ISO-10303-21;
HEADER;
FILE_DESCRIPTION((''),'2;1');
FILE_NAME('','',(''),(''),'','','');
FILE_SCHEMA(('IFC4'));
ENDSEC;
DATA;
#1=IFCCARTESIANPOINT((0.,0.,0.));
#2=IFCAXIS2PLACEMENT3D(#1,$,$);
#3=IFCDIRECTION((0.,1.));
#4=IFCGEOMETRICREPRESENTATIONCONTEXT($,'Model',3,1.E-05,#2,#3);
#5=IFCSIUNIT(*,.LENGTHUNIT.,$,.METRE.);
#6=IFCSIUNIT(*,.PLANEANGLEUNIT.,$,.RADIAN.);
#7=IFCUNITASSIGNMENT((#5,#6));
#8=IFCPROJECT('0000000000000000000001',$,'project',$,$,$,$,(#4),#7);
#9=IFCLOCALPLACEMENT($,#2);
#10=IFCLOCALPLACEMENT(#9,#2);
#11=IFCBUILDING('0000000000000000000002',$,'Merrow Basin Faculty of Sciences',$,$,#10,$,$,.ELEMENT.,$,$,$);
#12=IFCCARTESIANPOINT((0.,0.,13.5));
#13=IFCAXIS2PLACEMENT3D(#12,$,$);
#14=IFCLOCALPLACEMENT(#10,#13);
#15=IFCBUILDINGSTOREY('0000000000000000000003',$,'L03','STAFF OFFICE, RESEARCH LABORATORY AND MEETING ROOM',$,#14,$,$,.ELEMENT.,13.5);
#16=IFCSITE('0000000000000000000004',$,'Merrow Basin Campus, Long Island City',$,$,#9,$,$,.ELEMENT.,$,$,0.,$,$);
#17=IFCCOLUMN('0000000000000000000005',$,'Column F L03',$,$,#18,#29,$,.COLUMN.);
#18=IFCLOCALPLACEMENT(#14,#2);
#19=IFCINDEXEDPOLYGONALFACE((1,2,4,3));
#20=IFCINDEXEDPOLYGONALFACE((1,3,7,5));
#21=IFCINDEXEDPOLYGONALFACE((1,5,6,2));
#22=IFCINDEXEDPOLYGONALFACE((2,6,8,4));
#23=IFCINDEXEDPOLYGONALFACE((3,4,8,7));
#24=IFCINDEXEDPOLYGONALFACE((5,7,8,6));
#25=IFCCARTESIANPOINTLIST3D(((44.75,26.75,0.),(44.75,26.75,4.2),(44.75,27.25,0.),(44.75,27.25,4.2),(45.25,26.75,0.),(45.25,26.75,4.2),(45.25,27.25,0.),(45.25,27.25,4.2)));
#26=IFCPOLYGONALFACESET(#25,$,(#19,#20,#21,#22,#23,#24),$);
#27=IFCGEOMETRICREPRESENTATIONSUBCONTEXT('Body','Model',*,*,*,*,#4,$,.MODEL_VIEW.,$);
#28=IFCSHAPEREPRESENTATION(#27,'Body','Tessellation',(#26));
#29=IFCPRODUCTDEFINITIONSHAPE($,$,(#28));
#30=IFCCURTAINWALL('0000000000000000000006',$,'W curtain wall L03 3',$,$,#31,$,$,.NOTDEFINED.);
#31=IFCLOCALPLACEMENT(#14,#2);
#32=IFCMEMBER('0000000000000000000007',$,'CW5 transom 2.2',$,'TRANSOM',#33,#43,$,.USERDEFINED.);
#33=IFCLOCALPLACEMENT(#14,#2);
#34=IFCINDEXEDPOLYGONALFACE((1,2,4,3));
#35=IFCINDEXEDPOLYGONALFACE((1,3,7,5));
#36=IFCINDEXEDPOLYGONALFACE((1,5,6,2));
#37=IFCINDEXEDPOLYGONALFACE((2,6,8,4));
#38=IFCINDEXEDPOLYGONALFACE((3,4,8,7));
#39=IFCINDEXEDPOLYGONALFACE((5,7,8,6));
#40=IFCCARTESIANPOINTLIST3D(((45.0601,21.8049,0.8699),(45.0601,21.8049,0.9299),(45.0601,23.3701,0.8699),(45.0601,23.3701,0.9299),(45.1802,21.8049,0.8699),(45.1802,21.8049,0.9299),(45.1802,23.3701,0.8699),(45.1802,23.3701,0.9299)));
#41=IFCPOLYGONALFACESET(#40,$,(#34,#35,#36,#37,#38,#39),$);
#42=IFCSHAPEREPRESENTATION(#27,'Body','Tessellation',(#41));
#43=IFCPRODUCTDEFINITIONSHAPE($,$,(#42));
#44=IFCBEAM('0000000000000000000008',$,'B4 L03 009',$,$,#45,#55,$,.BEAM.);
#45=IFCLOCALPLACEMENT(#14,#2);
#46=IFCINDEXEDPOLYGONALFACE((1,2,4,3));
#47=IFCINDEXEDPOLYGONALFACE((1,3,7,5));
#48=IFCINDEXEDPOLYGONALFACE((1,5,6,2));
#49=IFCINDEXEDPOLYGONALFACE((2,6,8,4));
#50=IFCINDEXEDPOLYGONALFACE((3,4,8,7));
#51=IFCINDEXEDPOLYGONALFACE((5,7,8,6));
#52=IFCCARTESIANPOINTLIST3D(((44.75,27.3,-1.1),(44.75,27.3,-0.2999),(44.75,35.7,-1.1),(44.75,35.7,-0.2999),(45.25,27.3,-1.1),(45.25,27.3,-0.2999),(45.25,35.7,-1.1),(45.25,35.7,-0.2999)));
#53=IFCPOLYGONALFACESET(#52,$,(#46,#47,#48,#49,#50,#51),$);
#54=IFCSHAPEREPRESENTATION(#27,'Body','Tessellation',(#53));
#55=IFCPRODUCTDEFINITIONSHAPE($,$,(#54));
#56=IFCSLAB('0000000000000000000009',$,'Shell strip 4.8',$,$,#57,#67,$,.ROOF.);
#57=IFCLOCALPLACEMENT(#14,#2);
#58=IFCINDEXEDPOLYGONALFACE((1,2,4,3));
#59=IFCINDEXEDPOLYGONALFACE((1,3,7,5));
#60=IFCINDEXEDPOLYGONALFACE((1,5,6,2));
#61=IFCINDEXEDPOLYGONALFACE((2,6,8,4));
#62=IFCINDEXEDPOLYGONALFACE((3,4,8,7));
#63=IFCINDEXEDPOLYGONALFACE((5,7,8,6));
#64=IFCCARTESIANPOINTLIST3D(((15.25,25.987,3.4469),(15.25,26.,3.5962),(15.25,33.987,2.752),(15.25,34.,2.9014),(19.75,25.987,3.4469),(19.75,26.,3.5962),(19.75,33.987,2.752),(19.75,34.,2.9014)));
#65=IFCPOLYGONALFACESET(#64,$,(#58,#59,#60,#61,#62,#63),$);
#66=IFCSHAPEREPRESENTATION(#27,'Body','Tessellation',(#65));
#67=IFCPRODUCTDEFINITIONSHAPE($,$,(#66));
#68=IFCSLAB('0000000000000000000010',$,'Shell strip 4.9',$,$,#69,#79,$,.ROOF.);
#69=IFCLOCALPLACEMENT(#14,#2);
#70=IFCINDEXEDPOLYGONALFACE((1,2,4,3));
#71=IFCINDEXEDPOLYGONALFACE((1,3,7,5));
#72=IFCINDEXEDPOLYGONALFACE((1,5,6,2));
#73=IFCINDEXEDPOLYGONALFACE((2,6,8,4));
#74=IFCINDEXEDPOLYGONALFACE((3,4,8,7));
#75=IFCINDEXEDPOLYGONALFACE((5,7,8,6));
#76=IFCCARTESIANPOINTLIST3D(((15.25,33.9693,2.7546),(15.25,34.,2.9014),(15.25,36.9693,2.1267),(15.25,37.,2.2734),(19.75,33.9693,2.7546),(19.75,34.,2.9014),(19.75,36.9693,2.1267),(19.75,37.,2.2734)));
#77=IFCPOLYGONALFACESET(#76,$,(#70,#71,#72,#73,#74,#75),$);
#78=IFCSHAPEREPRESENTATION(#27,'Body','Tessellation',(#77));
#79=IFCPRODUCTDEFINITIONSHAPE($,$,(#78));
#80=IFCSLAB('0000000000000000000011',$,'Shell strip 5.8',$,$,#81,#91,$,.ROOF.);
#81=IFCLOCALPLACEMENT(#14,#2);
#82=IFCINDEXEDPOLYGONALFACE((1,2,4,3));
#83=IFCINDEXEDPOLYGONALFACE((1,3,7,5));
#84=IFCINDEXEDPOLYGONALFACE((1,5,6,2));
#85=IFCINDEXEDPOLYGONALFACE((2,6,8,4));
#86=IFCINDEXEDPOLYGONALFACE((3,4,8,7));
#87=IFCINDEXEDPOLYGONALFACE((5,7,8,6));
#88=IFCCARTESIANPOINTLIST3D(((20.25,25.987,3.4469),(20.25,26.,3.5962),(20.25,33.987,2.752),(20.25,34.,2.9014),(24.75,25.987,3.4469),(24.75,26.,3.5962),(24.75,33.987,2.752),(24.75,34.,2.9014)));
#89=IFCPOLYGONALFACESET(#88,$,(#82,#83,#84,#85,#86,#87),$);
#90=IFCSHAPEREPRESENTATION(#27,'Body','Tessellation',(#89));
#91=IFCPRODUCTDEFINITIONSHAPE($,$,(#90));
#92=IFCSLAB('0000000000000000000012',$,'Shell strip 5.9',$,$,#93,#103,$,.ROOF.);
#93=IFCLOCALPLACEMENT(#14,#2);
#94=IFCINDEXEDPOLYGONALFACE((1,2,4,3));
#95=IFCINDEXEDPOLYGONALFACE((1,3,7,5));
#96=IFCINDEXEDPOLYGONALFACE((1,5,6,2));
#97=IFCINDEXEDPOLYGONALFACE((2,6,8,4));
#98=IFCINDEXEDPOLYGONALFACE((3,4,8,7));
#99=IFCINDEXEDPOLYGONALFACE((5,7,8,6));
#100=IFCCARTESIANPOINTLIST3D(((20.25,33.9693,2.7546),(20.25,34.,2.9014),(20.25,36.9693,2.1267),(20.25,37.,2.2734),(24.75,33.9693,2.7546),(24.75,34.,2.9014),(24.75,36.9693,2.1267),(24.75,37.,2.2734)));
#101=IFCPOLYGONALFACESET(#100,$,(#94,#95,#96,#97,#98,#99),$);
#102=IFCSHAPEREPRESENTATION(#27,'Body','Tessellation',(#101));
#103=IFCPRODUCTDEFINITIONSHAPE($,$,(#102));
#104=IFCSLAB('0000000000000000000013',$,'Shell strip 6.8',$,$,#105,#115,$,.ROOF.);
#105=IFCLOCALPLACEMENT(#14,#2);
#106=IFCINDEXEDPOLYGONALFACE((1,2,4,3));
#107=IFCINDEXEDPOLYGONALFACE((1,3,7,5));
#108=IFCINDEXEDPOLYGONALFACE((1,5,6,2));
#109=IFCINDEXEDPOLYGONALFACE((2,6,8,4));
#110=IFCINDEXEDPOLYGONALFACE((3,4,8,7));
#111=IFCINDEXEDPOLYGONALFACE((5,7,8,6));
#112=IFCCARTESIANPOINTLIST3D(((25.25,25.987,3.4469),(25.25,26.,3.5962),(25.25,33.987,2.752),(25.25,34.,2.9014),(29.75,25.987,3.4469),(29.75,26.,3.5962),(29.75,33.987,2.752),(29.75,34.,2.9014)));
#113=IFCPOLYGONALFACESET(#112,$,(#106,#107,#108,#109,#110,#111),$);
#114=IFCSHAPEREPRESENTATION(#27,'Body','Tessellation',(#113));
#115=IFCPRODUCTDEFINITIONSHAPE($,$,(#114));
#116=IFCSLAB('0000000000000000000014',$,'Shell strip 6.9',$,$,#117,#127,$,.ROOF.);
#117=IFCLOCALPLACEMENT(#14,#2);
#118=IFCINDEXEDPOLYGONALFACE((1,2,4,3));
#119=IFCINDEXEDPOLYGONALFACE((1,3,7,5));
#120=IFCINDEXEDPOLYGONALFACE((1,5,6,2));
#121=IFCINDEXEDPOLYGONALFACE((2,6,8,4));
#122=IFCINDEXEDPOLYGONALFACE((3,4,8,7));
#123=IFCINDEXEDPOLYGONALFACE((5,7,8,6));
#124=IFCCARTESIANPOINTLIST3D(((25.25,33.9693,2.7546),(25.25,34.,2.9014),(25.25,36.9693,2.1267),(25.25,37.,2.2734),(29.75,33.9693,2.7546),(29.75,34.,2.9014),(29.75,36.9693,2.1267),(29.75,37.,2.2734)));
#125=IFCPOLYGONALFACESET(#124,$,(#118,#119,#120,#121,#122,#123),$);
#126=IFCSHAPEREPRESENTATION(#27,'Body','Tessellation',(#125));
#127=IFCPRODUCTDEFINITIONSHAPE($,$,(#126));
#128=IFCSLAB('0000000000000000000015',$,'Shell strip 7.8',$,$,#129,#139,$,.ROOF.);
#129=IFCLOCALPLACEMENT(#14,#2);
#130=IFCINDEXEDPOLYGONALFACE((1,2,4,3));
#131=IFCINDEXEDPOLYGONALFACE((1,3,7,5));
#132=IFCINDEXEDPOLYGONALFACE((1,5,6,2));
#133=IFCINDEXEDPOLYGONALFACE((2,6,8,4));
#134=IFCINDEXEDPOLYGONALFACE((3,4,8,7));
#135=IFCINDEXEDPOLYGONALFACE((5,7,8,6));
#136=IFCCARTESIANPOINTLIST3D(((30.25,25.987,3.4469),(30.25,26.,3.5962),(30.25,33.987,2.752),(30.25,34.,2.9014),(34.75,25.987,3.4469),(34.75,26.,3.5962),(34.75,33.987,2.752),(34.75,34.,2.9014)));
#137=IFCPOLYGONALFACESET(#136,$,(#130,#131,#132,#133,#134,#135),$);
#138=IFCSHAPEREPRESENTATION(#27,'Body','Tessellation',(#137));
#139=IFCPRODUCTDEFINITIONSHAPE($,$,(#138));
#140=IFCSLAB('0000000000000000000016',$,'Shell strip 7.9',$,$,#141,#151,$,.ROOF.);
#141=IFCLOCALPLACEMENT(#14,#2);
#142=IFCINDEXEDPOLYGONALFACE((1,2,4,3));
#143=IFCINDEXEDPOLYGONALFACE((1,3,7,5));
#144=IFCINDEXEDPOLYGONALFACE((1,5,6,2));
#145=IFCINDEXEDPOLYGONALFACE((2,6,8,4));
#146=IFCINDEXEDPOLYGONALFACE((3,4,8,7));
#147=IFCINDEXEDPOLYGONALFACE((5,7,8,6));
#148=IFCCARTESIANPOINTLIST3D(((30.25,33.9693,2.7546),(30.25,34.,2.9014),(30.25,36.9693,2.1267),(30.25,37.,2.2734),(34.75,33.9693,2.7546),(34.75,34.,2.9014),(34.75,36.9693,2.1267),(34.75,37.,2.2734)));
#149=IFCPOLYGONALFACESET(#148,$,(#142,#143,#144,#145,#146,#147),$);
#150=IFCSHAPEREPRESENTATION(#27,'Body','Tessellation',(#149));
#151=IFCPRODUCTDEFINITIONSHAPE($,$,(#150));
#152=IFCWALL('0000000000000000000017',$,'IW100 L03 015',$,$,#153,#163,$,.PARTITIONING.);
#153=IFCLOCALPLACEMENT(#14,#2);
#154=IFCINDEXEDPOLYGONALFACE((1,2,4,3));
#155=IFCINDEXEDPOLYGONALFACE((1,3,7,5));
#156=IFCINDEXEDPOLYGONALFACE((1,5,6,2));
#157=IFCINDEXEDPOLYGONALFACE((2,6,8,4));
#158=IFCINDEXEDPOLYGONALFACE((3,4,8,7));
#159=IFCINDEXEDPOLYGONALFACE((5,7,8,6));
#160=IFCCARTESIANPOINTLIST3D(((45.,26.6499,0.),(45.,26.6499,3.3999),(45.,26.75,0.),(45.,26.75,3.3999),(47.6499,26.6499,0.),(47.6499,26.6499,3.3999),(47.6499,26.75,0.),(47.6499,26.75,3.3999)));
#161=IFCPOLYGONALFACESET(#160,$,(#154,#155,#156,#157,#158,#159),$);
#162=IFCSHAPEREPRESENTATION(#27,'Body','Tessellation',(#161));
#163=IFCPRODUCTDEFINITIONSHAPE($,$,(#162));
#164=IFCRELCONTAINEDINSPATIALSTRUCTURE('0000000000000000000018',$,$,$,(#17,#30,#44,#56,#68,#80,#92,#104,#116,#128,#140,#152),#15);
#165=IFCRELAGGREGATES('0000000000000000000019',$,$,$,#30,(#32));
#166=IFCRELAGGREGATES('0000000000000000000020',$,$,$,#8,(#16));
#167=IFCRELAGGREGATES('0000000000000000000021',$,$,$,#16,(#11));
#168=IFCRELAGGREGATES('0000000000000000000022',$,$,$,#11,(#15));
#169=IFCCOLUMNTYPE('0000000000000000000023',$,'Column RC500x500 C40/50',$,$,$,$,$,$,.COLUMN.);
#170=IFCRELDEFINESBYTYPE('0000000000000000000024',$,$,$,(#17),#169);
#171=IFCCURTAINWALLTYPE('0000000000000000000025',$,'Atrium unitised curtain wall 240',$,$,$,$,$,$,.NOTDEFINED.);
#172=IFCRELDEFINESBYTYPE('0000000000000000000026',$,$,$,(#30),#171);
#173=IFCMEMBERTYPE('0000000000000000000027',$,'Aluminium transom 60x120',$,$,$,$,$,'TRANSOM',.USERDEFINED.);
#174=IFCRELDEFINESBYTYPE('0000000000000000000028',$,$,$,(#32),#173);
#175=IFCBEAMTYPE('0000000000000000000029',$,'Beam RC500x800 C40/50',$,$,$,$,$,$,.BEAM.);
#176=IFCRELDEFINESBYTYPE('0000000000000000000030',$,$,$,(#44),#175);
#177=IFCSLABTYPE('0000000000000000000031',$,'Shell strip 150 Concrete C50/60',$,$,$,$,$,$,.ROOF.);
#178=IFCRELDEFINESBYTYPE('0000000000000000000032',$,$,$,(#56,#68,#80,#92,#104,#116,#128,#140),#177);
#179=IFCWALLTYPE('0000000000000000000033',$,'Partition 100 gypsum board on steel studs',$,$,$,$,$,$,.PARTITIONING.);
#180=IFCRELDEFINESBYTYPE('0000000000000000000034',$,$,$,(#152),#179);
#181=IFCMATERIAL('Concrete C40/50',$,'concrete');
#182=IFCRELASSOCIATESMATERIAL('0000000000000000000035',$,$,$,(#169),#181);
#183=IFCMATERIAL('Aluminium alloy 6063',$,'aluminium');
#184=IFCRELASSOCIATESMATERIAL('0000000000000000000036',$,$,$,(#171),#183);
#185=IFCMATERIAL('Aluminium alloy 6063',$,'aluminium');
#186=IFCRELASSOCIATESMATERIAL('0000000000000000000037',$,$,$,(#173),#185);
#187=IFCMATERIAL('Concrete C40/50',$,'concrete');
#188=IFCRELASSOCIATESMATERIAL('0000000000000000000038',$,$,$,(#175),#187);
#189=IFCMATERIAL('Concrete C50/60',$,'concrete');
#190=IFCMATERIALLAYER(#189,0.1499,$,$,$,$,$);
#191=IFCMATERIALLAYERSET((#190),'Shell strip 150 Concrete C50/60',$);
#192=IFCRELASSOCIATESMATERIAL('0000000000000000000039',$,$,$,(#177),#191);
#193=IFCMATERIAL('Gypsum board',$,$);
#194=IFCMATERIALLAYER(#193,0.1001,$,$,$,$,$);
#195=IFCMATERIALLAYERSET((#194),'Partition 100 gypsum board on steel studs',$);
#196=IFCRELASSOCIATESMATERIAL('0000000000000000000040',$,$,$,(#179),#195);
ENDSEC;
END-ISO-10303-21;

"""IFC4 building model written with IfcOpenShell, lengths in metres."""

from ifc_helpers import new_model, si_unit, direction, frame, frame_2d, origin, origin_2d, place, context, subcontext, project, spatial, polyline, rectangle, outline, extrude, material, layer, layer_set, material_profile, profile_set, type_object, element, aggregate, save


model = new_model("IFC4")

# Units and contexts
model_context = context("Model", 3, precision=1e-05, world=origin(), true_north=direction((0.0, 1.0)))
body_context = subcontext(model_context, "Body", "Model", "MODEL_VIEW")
ifc_project = project(units=[si_unit("LENGTHUNIT", "METRE"), si_unit("PLANEANGLEUNIT", "RADIAN")], contexts=[model_context])

# Site, building, storey
site_placement = place(None, origin())
site = spatial("IfcSite", under=ifc_project, at=site_placement, Name="Merrow Basin Campus, Long Island City", CompositionType="ELEMENT", RefElevation=0.0)
building_placement = place(site_placement, origin())
building = spatial("IfcBuilding", under=site, at=building_placement, Name="Merrow Basin Faculty of Sciences", CompositionType="ELEMENT")
storey_placement = place(building_placement, frame((0.0, 0.0, 13.5)))
storey = spatial("IfcBuildingStorey", under=building, at=storey_placement, Name="L03", Description="STAFF OFFICE, RESEARCH LABORATORY AND MEETING ROOM", CompositionType="ELEMENT", Elevation=13.5)

# Column
ifc_material_1 = material(Name="Concrete C40/50", Category="concrete")
ifc_material_profile_1 = material_profile(ifc_material_1, rectangle(XDim=0.5, YDim=0.5, at=origin_2d()))
ifc_profile_set_1 = profile_set([ifc_material_profile_1], Name="Concrete C40/50")
column_type = type_object("IfcColumnType", Name="Column RC500x500 C40/50", PredefinedType="COLUMN", material=ifc_profile_set_1)
column_placement = place(storey_placement, frame((45.0, 27.0, 0.0), z_axis=(0.0, 0.0, 1.0), x_axis=(1.0, 0.0, 0.0)))
element("IfcColumn", 1, at=column_placement, inside=storey, type_object=column_type, Name="Column F L03", PredefinedType="COLUMN", context=body_context, shape_type="SweptSolid", body=[
    extrude(rectangle(XDim=0.5, YDim=0.5, at=origin_2d()), origin(), (0.0, 0.0, 1.0), 4.2),
])

# Curtain wall, member
ifc_material_2 = material(Name="Aluminium alloy 6063", Category="aluminium")
curtain_wall_type = type_object("IfcCurtainWallType", Name="Atrium unitised curtain wall 240", PredefinedType="NOTDEFINED", material=ifc_material_2)
curtain_wall_placement = place(storey_placement, origin())
curtain_wall = element("IfcCurtainWall", 2, at=curtain_wall_placement, inside=storey, type_object=curtain_wall_type, Name="W curtain wall L03 3", PredefinedType="NOTDEFINED")
ifc_material_3 = material(Name="Aluminium alloy 6063", Category="aluminium")
ifc_material_profile_2 = material_profile(ifc_material_3, rectangle(XDim=0.1201, YDim=0.0601, at=origin_2d()))
ifc_profile_set_2 = profile_set([ifc_material_profile_2], Name="Aluminium alloy 6063")
member_type = type_object("IfcMemberType", Name="Aluminium transom 60x120", ElementType="TRANSOM", PredefinedType="USERDEFINED", material=ifc_profile_set_2)
member_placement = place(storey_placement, frame((45.1201, 21.8049, 0.8999), z_axis=(0.0, 1.0, 0.0), x_axis=(-1.0, 0.0, 0.0)))
member = element("IfcMember", 3, at=member_placement, type_object=member_type, Name="CW5 transom 2.2", ObjectType="TRANSOM", PredefinedType="USERDEFINED", context=body_context, shape_type="SweptSolid", body=[
    extrude(rectangle(XDim=0.1201, YDim=0.0601, at=origin_2d()), origin(), (0.0, 0.0, 1.0), 1.5652),
])
aggregate(curtain_wall, [member])

# Beam
ifc_material_4 = material(Name="Concrete C40/50", Category="concrete")
ifc_material_profile_3 = material_profile(ifc_material_4, rectangle(XDim=0.5, YDim=0.8, at=origin_2d()))
ifc_profile_set_3 = profile_set([ifc_material_profile_3], Name="Concrete C40/50")
beam_type = type_object("IfcBeamType", Name="Beam RC500x800 C40/50", PredefinedType="BEAM", material=ifc_profile_set_3)
beam_placement = place(storey_placement, frame((45.0, 27.3, -0.7), z_axis=(0.0, 1.0, 0.0), x_axis=(-1.0, 0.0, 0.0)))
element("IfcBeam", 4, at=beam_placement, inside=storey, type_object=beam_type, Name="B4 L03 009", PredefinedType="BEAM", context=body_context, shape_type="SweptSolid", body=[
    extrude(rectangle(XDim=0.5, YDim=0.8, at=origin_2d()), origin(), (0.0, 0.0, 1.0), 8.3999),
])

# Slabs
ifc_material_5 = material(Name="Concrete C50/60", Category="concrete")
ifc_layer_1 = layer(ifc_material_5, 0.1499)
ifc_layer_set_1 = layer_set([ifc_layer_1], Name="Shell strip 150 Concrete C50/60")
slab_type = type_object("IfcSlabType", Name="Shell strip 150 Concrete C50/60", PredefinedType="ROOF", material=ifc_layer_set_1)
slab_1_placement = place(storey_placement, frame((15.25, 26.0, 3.5962), z_axis=(0.0, 0.086527, 0.996249), x_axis=(1.0, 0.0, 0.0)))
element("IfcSlab", 5, at=slab_1_placement, inside=storey, type_object=slab_type, Name="Shell strip 4.8", PredefinedType="ROOF", context=body_context, shape_type="SweptSolid", body=[
    extrude(outline(polyline([(0.0, 0.0), (4.5, 0.0), (4.5, 8.0301), (0.0, 8.0301), (0.0, 0.0)])), origin(), (0.0, 0.0, -1.0), 0.1499),
])
slab_2_placement = place(storey_placement, frame((15.25, 34.0, 2.9014), z_axis=(0.0, 0.20487, 0.978789), x_axis=(1.0, 0.0, 0.0)))
element("IfcSlab", 6, at=slab_2_placement, inside=storey, type_object=slab_type, Name="Shell strip 4.9", PredefinedType="ROOF", context=body_context, shape_type="SweptSolid", body=[
    extrude(outline(polyline([(0.0, 0.0), (4.5, 0.0), (4.5, 3.065), (0.0, 3.065), (0.0, 0.0)])), origin(), (0.0, 0.0, -1.0), 0.1499),
])
slab_3_placement = place(storey_placement, frame((20.25, 26.0, 3.5962), z_axis=(0.0, 0.086527, 0.996249), x_axis=(1.0, 0.0, 0.0)))
element("IfcSlab", 7, at=slab_3_placement, inside=storey, type_object=slab_type, Name="Shell strip 5.8", PredefinedType="ROOF", context=body_context, shape_type="SweptSolid", body=[
    extrude(outline(polyline([(0.0, 0.0), (4.5, 0.0), (4.5, 8.0301), (0.0, 8.0301), (0.0, 0.0)])), origin(), (0.0, 0.0, -1.0), 0.1499),
])
slab_4_placement = place(storey_placement, frame((20.25, 34.0, 2.9014), z_axis=(0.0, 0.20487, 0.978789), x_axis=(1.0, 0.0, 0.0)))
element("IfcSlab", 8, at=slab_4_placement, inside=storey, type_object=slab_type, Name="Shell strip 5.9", PredefinedType="ROOF", context=body_context, shape_type="SweptSolid", body=[
    extrude(outline(polyline([(0.0, 0.0), (4.5, 0.0), (4.5, 3.065), (0.0, 3.065), (0.0, 0.0)])), origin(), (0.0, 0.0, -1.0), 0.1499),
])
slab_5_placement = place(storey_placement, frame((25.25, 26.0, 3.5962), z_axis=(0.0, 0.086527, 0.996249), x_axis=(1.0, 0.0, 0.0)))
element("IfcSlab", 9, at=slab_5_placement, inside=storey, type_object=slab_type, Name="Shell strip 6.8", PredefinedType="ROOF", context=body_context, shape_type="SweptSolid", body=[
    extrude(outline(polyline([(0.0, 0.0), (4.5, 0.0), (4.5, 8.0301), (0.0, 8.0301), (0.0, 0.0)])), origin(), (0.0, 0.0, -1.0), 0.1499),
])
slab_6_placement = place(storey_placement, frame((25.25, 34.0, 2.9014), z_axis=(0.0, 0.20487, 0.978789), x_axis=(1.0, 0.0, 0.0)))
element("IfcSlab", 10, at=slab_6_placement, inside=storey, type_object=slab_type, Name="Shell strip 6.9", PredefinedType="ROOF", context=body_context, shape_type="SweptSolid", body=[
    extrude(outline(polyline([(0.0, 0.0), (4.5, 0.0), (4.5, 3.065), (0.0, 3.065), (0.0, 0.0)])), origin(), (0.0, 0.0, -1.0), 0.1499),
])
slab_7_placement = place(storey_placement, frame((30.25, 26.0, 3.5962), z_axis=(0.0, 0.086527, 0.996249), x_axis=(1.0, 0.0, 0.0)))
element("IfcSlab", 11, at=slab_7_placement, inside=storey, type_object=slab_type, Name="Shell strip 7.8", PredefinedType="ROOF", context=body_context, shape_type="SweptSolid", body=[
    extrude(outline(polyline([(0.0, 0.0), (4.5, 0.0), (4.5, 8.0301), (0.0, 8.0301), (0.0, 0.0)])), origin(), (0.0, 0.0, -1.0), 0.1499),
])
slab_8_placement = place(storey_placement, frame((30.25, 34.0, 2.9014), z_axis=(0.0, 0.20487, 0.978789), x_axis=(1.0, 0.0, 0.0)))
element("IfcSlab", 12, at=slab_8_placement, inside=storey, type_object=slab_type, Name="Shell strip 7.9", PredefinedType="ROOF", context=body_context, shape_type="SweptSolid", body=[
    extrude(outline(polyline([(0.0, 0.0), (4.5, 0.0), (4.5, 3.065), (0.0, 3.065), (0.0, 0.0)])), origin(), (0.0, 0.0, -1.0), 0.1499),
])

# Wall
ifc_material_6 = material(Name="Gypsum board")
ifc_layer_2 = layer(ifc_material_6, 0.1001)
ifc_layer_set_2 = layer_set([ifc_layer_2], Name="Partition 100 gypsum board on steel studs")
wall_type = type_object("IfcWallType", Name="Partition 100 gypsum board on steel studs", PredefinedType="PARTITIONING", material=ifc_layer_set_2)
wall_1_placement = place(storey_placement, frame((45.0, 26.7, 0.0), z_axis=(0.0, 0.0, 1.0), x_axis=(1.0, 0.0, 0.0)))
element("IfcWall", 13, at=wall_1_placement, inside=storey, type_object=wall_type, Name="IW100 L03 015", PredefinedType="PARTITIONING", context=body_context, shape_type="SweptSolid", body=[
    extrude(rectangle(XDim=2.6499, YDim=0.1001, at=frame_2d((1.325, 0.0))), origin(), (0.0, 0.0, 1.0), 3.3999),
])

save(model, "model.ifc")
